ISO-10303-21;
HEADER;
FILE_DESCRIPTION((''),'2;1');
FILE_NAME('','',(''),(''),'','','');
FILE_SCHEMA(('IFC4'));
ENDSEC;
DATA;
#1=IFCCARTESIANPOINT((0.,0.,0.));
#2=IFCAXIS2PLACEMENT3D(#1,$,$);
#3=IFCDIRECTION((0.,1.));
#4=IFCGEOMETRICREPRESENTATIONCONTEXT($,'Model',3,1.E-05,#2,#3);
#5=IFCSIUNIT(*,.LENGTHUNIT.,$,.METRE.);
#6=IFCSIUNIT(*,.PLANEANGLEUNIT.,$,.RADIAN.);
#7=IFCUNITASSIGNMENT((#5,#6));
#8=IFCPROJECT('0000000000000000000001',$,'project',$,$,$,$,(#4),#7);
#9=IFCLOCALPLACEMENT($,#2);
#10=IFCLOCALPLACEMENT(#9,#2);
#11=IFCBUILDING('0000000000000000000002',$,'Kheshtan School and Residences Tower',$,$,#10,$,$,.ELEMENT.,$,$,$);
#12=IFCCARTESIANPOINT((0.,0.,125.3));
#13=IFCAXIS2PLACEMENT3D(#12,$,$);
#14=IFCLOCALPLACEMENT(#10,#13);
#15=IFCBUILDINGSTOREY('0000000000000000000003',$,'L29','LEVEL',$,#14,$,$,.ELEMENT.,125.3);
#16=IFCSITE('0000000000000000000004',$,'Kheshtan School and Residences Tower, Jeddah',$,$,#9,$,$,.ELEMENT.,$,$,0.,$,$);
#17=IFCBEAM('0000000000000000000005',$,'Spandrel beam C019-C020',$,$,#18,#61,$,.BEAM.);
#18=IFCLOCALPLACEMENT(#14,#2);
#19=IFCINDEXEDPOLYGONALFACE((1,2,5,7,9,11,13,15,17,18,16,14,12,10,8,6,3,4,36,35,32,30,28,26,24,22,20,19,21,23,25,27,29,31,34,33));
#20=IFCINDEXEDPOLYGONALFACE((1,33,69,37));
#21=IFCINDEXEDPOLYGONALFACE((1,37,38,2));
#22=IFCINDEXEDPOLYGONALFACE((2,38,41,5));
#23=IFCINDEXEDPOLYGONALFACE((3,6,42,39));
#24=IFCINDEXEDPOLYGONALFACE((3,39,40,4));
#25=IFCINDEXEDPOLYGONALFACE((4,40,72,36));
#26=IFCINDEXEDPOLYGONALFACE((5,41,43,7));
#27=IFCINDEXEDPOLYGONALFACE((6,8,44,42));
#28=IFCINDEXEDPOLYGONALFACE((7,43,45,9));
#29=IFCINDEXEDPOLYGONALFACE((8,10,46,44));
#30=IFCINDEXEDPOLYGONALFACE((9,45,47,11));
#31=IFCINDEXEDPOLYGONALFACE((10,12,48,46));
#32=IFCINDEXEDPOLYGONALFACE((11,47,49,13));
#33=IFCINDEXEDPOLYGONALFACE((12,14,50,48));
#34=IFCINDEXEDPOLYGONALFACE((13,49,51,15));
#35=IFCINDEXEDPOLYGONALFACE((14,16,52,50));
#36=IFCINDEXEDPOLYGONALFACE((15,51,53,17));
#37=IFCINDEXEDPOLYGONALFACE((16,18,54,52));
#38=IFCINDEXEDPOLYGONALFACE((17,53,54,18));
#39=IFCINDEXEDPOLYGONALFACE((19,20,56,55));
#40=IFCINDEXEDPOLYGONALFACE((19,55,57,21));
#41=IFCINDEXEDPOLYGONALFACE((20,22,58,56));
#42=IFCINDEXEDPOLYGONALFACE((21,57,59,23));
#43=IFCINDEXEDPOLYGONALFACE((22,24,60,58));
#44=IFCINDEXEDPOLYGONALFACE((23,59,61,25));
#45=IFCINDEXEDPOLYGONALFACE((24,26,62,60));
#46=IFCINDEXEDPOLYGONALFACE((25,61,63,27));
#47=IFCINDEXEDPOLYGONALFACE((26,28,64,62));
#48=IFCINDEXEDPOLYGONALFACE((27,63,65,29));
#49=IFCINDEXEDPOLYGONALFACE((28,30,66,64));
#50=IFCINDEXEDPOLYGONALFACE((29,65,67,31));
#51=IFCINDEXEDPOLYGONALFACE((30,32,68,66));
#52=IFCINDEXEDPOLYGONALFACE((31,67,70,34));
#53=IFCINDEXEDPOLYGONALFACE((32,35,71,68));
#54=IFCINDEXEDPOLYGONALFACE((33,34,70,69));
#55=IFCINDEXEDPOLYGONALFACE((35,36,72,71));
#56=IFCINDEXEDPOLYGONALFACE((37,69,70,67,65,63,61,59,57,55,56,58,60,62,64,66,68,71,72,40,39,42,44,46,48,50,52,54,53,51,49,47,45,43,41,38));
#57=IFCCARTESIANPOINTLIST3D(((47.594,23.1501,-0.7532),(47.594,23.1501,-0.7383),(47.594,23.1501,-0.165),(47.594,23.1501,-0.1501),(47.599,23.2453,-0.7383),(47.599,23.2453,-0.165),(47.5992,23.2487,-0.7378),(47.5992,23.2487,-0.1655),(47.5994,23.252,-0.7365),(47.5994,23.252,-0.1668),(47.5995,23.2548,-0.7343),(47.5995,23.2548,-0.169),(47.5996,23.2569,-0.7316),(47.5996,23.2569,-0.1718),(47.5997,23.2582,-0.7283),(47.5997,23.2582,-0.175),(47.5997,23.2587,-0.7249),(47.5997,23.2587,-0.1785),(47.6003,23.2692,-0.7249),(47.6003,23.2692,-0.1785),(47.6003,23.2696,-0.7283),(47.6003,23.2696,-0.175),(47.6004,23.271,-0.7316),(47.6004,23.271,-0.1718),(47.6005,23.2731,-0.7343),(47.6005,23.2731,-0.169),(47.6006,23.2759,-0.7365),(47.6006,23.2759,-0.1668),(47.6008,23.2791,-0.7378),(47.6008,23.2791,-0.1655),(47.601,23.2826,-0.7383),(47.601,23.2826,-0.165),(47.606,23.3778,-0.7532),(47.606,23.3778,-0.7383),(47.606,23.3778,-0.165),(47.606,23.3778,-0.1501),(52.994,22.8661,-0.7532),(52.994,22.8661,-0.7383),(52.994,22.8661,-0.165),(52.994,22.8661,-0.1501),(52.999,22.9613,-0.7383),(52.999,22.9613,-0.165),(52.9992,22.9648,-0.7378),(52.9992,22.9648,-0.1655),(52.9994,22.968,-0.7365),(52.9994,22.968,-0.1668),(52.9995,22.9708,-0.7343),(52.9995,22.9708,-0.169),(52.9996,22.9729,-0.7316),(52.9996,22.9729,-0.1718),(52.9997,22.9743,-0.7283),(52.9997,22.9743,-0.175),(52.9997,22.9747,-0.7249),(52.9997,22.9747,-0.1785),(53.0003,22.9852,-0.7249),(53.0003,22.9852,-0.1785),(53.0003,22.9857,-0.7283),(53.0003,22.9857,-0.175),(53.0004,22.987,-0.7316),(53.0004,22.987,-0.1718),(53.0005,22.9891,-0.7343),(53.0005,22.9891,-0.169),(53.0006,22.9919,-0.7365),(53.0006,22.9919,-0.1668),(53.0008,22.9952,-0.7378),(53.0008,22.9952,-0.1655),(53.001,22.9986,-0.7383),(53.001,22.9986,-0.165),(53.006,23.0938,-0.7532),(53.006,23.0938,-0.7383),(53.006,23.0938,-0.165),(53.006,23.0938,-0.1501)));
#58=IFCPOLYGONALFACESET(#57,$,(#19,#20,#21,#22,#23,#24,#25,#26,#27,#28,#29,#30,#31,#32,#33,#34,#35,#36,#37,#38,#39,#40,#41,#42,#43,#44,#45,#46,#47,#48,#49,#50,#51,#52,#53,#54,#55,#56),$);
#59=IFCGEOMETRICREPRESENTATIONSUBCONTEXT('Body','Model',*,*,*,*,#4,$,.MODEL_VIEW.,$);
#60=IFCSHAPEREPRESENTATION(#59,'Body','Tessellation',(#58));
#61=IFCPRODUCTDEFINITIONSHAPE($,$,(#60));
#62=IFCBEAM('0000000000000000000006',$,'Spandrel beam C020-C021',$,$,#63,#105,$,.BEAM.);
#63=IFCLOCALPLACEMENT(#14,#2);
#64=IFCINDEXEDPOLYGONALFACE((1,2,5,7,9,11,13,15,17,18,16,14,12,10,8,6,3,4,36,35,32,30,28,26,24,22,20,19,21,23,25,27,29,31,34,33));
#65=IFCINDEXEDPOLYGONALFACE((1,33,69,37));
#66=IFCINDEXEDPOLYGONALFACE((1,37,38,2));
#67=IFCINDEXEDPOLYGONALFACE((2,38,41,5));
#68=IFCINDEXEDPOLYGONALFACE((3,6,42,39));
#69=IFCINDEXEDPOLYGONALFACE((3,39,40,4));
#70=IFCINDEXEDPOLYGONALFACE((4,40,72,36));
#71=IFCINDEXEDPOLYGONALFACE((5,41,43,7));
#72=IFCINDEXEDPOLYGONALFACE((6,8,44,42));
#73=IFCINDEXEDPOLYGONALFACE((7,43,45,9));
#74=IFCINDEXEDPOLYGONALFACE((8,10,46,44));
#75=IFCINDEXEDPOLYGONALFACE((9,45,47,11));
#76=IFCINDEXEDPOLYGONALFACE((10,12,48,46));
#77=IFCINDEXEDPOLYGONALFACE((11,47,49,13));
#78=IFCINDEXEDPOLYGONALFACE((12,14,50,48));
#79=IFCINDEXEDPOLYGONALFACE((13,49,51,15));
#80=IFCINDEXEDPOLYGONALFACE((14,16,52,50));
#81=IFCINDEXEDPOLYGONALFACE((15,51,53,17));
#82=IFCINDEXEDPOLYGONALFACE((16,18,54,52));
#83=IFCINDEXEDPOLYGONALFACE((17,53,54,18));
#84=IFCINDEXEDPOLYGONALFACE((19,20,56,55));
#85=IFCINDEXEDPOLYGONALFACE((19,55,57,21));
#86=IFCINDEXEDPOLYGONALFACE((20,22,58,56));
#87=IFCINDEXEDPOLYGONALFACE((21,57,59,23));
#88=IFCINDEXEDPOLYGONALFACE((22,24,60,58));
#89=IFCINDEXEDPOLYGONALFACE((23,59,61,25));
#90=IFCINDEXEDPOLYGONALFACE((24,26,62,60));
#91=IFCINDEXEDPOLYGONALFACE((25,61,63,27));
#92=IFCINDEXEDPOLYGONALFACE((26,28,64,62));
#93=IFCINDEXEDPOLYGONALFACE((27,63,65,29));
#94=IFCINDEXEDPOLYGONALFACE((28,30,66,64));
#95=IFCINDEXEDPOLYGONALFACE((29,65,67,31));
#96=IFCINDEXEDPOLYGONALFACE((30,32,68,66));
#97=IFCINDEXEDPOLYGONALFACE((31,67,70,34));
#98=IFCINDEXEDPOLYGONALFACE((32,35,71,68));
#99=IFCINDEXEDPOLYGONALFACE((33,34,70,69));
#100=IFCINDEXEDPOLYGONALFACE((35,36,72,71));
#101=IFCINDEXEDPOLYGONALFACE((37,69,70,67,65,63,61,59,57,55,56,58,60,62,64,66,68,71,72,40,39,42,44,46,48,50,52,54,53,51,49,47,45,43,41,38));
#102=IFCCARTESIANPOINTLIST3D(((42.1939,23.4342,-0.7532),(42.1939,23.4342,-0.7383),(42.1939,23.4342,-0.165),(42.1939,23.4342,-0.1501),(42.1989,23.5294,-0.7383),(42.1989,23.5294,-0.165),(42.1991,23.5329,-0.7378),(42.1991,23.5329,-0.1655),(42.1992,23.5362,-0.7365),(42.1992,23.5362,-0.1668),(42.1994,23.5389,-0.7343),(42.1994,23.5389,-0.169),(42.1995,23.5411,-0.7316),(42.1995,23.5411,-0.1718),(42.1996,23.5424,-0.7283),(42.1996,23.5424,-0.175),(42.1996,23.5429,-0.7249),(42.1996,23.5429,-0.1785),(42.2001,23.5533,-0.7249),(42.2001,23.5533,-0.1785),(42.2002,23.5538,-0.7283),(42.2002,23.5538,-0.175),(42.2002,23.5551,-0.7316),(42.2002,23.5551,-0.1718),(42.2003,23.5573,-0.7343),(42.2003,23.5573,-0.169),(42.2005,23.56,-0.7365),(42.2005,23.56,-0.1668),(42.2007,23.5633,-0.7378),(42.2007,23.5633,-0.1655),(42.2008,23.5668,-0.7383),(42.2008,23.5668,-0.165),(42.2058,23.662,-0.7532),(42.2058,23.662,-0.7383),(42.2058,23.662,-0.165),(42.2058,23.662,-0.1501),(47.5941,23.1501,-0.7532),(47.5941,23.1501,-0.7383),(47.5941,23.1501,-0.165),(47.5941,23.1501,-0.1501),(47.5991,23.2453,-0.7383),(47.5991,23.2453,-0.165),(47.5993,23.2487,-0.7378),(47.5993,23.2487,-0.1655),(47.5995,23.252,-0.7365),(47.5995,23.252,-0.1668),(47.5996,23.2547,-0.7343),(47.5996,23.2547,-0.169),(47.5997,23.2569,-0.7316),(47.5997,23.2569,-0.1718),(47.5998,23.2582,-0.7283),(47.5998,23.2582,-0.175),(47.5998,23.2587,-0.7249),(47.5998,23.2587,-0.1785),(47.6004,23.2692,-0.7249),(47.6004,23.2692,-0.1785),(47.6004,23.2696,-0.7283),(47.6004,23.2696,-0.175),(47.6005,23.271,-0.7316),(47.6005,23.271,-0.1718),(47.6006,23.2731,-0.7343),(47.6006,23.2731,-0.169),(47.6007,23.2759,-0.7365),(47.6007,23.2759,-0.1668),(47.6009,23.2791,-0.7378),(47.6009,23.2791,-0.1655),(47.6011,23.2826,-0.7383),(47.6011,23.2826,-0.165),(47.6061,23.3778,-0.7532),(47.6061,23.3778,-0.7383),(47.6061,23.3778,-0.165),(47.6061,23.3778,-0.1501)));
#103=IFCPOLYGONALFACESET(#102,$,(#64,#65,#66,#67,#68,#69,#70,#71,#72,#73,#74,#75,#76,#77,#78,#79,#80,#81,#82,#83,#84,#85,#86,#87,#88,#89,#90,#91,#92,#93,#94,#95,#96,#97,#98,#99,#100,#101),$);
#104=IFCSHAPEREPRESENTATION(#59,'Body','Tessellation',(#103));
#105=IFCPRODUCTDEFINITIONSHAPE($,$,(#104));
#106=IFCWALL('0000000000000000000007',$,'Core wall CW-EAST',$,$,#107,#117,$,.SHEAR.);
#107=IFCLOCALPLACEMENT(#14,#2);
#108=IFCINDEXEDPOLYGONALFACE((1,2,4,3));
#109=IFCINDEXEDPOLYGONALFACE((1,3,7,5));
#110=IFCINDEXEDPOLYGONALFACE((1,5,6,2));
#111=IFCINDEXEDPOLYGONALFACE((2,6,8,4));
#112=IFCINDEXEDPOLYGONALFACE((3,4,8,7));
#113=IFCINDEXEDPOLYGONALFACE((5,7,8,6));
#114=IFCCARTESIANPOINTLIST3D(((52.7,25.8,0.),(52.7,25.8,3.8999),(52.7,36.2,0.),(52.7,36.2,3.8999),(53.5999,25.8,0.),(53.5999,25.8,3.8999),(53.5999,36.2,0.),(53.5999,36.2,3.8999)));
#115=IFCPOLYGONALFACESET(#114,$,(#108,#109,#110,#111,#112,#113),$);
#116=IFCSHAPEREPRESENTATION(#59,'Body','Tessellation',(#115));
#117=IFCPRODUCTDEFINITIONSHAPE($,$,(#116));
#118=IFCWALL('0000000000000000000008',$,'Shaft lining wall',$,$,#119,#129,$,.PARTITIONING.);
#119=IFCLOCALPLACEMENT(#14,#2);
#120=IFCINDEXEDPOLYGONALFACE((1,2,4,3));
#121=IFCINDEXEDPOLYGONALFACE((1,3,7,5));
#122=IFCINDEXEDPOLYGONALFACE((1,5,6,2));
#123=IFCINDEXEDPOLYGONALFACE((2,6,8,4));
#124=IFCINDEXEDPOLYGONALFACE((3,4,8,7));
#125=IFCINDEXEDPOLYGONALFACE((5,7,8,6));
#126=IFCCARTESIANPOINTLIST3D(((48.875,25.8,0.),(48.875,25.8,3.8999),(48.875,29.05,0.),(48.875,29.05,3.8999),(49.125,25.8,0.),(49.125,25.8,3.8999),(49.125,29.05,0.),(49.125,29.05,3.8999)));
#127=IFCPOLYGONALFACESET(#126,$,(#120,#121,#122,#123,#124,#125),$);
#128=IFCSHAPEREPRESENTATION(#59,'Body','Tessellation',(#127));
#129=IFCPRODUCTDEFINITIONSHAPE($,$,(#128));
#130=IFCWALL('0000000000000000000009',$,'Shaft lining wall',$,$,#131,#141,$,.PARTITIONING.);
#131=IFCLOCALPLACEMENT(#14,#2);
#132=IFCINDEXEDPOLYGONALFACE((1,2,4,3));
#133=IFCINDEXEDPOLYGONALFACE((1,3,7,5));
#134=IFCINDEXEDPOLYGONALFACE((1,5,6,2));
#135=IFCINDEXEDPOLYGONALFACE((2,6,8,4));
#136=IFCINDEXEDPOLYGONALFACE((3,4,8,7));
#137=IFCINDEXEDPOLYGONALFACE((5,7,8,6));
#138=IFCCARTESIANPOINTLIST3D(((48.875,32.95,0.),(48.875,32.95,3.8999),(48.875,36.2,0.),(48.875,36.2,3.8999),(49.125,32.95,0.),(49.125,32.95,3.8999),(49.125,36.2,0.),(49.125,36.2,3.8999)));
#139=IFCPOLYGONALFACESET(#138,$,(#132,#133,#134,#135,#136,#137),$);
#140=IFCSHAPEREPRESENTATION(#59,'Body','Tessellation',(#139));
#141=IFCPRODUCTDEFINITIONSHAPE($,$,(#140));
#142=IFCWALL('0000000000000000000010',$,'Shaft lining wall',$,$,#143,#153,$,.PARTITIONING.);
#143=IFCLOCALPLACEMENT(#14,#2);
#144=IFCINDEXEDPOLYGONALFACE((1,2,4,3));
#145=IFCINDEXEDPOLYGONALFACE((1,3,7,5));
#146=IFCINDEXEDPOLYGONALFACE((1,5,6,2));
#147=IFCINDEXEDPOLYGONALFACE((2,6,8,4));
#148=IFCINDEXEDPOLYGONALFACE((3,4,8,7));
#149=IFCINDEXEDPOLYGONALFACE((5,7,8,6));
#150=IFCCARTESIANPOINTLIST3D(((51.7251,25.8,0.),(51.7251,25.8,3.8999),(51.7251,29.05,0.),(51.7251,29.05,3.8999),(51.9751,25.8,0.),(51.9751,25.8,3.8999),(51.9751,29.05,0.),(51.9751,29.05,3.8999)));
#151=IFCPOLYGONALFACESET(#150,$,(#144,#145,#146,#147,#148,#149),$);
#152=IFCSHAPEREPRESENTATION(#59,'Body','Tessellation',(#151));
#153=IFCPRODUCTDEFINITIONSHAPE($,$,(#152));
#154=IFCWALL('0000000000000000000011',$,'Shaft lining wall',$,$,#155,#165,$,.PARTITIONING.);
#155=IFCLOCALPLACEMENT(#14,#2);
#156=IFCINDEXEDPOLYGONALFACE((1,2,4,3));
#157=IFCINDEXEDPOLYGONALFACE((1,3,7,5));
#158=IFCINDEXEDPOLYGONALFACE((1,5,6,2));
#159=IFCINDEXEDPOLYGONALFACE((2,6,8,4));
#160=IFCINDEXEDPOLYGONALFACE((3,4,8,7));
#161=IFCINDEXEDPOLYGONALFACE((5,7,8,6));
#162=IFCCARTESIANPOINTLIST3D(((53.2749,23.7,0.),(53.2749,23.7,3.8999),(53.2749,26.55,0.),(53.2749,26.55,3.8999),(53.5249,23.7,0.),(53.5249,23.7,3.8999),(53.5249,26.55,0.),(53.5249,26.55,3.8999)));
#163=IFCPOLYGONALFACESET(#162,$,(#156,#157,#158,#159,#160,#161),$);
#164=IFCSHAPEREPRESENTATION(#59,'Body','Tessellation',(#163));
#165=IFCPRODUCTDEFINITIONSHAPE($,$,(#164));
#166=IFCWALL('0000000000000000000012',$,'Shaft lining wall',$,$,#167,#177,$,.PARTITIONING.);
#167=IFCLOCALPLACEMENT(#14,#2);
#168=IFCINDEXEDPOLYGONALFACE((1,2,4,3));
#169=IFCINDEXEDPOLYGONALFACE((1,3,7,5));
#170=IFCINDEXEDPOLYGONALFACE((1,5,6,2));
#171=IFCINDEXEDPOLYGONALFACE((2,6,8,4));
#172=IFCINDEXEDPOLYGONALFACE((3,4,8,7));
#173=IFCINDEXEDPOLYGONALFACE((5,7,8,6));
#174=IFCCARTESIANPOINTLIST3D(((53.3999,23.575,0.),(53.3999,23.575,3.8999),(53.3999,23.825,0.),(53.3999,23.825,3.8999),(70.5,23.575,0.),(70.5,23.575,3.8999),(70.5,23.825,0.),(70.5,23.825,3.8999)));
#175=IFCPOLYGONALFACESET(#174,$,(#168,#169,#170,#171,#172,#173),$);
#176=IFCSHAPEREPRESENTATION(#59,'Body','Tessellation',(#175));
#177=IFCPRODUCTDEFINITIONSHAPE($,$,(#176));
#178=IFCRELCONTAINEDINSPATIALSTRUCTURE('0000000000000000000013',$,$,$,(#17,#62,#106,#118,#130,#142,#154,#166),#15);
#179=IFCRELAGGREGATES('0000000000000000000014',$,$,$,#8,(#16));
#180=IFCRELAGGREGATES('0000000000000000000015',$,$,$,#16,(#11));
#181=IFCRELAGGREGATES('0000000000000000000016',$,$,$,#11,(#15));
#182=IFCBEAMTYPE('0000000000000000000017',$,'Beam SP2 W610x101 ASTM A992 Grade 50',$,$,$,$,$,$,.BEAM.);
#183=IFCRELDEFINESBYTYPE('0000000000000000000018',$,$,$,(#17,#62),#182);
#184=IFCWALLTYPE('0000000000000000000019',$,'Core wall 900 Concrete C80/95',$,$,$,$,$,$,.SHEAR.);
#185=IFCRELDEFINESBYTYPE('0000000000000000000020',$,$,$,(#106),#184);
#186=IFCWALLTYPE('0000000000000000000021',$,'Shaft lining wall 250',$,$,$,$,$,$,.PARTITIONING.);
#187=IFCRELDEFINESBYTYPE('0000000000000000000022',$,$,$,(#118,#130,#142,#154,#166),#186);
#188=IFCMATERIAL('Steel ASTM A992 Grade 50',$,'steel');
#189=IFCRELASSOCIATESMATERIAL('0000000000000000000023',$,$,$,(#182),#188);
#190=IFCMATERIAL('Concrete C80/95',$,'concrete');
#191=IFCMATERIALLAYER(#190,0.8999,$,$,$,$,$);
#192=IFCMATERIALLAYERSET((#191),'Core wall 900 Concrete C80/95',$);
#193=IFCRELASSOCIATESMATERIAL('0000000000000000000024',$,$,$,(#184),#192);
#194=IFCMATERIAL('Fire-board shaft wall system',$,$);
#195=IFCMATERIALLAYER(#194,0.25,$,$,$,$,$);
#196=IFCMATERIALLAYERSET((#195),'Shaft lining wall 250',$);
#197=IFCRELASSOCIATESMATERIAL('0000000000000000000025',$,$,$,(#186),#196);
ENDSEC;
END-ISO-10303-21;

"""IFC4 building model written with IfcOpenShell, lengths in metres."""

from ifc_helpers import new_model, si_unit, direction, frame, frame_2d, origin, origin_2d, place, context, subcontext, project, spatial, rectangle, i_section, extrude, material, layer, layer_set, material_profile, profile_set, type_object, element, save


model = new_model("IFC4")

# Units and contexts
model_context = context("Model", 3, precision=1e-05, world=origin(), true_north=direction((0.0, 1.0)))
body_context = subcontext(model_context, "Body", "Model", "MODEL_VIEW")
ifc_project = project(units=[si_unit("LENGTHUNIT", "METRE"), si_unit("PLANEANGLEUNIT", "RADIAN")], contexts=[model_context])

# Site, building, storey
site_placement = place(None, origin())
site = spatial("IfcSite", under=ifc_project, at=site_placement, Name="Kheshtan School and Residences Tower, Jeddah", CompositionType="ELEMENT", RefElevation=0.0)
building_placement = place(site_placement, origin())
building = spatial("IfcBuilding", under=site, at=building_placement, Name="Kheshtan School and Residences Tower", CompositionType="ELEMENT")
storey_placement = place(building_placement, frame((0.0, 0.0, 125.3)))
storey = spatial("IfcBuildingStorey", under=building, at=storey_placement, Name="L29", Description="LEVEL", CompositionType="ELEMENT", Elevation=125.3)

# Shared definitions
ifc_material_1 = material(Name="Steel ASTM A992 Grade 50", Category="steel")

# Beams
ifc_material_profile_1 = material_profile(ifc_material_1, i_section(OverallWidth=0.228, OverallDepth=0.603, WebThickness=0.0105, FlangeThickness=0.0149, FilletRadius=0.0134, at=origin_2d()), Name="W610x101")
ifc_profile_set_1 = profile_set([ifc_material_profile_1], Name="Steel ASTM A992 Grade 50")
beam_type_1 = type_object("IfcBeamType", Name="Beam SP2 W610x101 ASTM A992 Grade 50", PredefinedType="BEAM", material=ifc_profile_set_1)
beam_1_placement = place(storey_placement, frame((53.0, 22.98, -0.4517), z_axis=(-0.99862, 0.052509, 0.0), x_axis=(-0.052509, -0.99862, 0.0)))
element("IfcBeam", 1, at=beam_1_placement, inside=storey, type_object=beam_type_1, Name="Spandrel beam C019-C020", PredefinedType="BEAM", context=body_context, shape_type="SweptSolid", body=[
    extrude(i_section(OverallWidth=0.228, OverallDepth=0.603, WebThickness=0.0105, FlangeThickness=0.0149, FilletRadius=0.0134, at=origin_2d()), origin(), (0.0, 0.0, 1.0), 5.4075),
])
beam_2_placement = place(storey_placement, frame((47.6001, 23.2639, -0.4517), z_axis=(-0.998618, 0.052552, 0.0), x_axis=(-0.052552, -0.998618, 0.0)))
element("IfcBeam", 2, at=beam_2_placement, inside=storey, type_object=beam_type_1, Name="Spandrel beam C020-C021", PredefinedType="BEAM", context=body_context, shape_type="SweptSolid", body=[
    extrude(i_section(OverallWidth=0.228, OverallDepth=0.603, WebThickness=0.0105, FlangeThickness=0.0149, FilletRadius=0.0134, at=origin_2d()), origin(), (0.0, 0.0, 1.0), 5.4077),
])

# Walls
ifc_material_2 = material(Name="Concrete C80/95", Category="concrete")
ifc_layer_1 = layer(ifc_material_2, 0.8999)
ifc_layer_set_1 = layer_set([ifc_layer_1], Name="Core wall 900 Concrete C80/95")
wall_type_1 = type_object("IfcWallType", Name="Core wall 900 Concrete C80/95", PredefinedType="SHEAR", material=ifc_layer_set_1)
wall_1_placement = place(storey_placement, frame((53.1499, 25.8, 0.0), z_axis=(0.0, 0.0, 1.0), x_axis=(0.0, 1.0, 0.0)))
element("IfcWall", 3, at=wall_1_placement, inside=storey, type_object=wall_type_1, Name="Core wall CW-EAST", PredefinedType="SHEAR", context=body_context, shape_type="SweptSolid", body=[
    extrude(rectangle(XDim=10.3999, YDim=0.8999, at=frame_2d((5.2, 0.0))), origin(), (0.0, 0.0, 1.0), 3.8999),
])
ifc_material_3 = material(Name="Fire-board shaft wall system")
ifc_layer_2 = layer(ifc_material_3, 0.25)
ifc_layer_set_2 = layer_set([ifc_layer_2], Name="Shaft lining wall 250")
wall_type_2 = type_object("IfcWallType", Name="Shaft lining wall 250", PredefinedType="PARTITIONING", material=ifc_layer_set_2)
for number, where, z_axis, x_axis, name in (
    (4, (49.0, 25.8, 0.0), (0.0, 0.0, 1.0), (0.0, 1.0, 0.0), "Shaft lining wall"),
    (5, (49.0, 32.95, 0.0), (0.0, 0.0, 1.0), (0.0, 1.0, 0.0), "Shaft lining wall"),
    (6, (51.8501, 25.8, 0.0), (0.0, 0.0, 1.0), (0.0, 1.0, 0.0), "Shaft lining wall"),
):
    element("IfcWall", number, at=place(storey_placement, frame(where, z_axis=z_axis, x_axis=x_axis)), inside=storey, type_object=wall_type_2, Name=name, PredefinedType="PARTITIONING", context=body_context, shape_type="SweptSolid", body=[
        extrude(rectangle(XDim=3.25, YDim=0.25, at=frame_2d((1.625, 0.0))), origin(), (0.0, 0.0, 1.0), 3.8999),
    ])
wall_2_placement = place(storey_placement, frame((53.3999, 23.7, 0.0), z_axis=(0.0, 0.0, 1.0), x_axis=(0.0, 1.0, 0.0)))
element("IfcWall", 7, at=wall_2_placement, inside=storey, type_object=wall_type_2, Name="Shaft lining wall", PredefinedType="PARTITIONING", context=body_context, shape_type="SweptSolid", body=[
    extrude(rectangle(XDim=2.8501, YDim=0.25, at=frame_2d((1.425, 0.0))), origin(), (0.0, 0.0, 1.0), 3.8999),
])
wall_3_placement = place(storey_placement, frame((53.3999, 23.7, 0.0), z_axis=(0.0, 0.0, 1.0), x_axis=(1.0, 0.0, 0.0)))
element("IfcWall", 8, at=wall_3_placement, inside=storey, type_object=wall_type_2, Name="Shaft lining wall", PredefinedType="PARTITIONING", context=body_context, shape_type="SweptSolid", body=[
    extrude(rectangle(XDim=17.1001, YDim=0.25, at=frame_2d((8.55, 0.0))), origin(), (0.0, 0.0, 1.0), 3.8999),
])

save(model, "model.ifc")
